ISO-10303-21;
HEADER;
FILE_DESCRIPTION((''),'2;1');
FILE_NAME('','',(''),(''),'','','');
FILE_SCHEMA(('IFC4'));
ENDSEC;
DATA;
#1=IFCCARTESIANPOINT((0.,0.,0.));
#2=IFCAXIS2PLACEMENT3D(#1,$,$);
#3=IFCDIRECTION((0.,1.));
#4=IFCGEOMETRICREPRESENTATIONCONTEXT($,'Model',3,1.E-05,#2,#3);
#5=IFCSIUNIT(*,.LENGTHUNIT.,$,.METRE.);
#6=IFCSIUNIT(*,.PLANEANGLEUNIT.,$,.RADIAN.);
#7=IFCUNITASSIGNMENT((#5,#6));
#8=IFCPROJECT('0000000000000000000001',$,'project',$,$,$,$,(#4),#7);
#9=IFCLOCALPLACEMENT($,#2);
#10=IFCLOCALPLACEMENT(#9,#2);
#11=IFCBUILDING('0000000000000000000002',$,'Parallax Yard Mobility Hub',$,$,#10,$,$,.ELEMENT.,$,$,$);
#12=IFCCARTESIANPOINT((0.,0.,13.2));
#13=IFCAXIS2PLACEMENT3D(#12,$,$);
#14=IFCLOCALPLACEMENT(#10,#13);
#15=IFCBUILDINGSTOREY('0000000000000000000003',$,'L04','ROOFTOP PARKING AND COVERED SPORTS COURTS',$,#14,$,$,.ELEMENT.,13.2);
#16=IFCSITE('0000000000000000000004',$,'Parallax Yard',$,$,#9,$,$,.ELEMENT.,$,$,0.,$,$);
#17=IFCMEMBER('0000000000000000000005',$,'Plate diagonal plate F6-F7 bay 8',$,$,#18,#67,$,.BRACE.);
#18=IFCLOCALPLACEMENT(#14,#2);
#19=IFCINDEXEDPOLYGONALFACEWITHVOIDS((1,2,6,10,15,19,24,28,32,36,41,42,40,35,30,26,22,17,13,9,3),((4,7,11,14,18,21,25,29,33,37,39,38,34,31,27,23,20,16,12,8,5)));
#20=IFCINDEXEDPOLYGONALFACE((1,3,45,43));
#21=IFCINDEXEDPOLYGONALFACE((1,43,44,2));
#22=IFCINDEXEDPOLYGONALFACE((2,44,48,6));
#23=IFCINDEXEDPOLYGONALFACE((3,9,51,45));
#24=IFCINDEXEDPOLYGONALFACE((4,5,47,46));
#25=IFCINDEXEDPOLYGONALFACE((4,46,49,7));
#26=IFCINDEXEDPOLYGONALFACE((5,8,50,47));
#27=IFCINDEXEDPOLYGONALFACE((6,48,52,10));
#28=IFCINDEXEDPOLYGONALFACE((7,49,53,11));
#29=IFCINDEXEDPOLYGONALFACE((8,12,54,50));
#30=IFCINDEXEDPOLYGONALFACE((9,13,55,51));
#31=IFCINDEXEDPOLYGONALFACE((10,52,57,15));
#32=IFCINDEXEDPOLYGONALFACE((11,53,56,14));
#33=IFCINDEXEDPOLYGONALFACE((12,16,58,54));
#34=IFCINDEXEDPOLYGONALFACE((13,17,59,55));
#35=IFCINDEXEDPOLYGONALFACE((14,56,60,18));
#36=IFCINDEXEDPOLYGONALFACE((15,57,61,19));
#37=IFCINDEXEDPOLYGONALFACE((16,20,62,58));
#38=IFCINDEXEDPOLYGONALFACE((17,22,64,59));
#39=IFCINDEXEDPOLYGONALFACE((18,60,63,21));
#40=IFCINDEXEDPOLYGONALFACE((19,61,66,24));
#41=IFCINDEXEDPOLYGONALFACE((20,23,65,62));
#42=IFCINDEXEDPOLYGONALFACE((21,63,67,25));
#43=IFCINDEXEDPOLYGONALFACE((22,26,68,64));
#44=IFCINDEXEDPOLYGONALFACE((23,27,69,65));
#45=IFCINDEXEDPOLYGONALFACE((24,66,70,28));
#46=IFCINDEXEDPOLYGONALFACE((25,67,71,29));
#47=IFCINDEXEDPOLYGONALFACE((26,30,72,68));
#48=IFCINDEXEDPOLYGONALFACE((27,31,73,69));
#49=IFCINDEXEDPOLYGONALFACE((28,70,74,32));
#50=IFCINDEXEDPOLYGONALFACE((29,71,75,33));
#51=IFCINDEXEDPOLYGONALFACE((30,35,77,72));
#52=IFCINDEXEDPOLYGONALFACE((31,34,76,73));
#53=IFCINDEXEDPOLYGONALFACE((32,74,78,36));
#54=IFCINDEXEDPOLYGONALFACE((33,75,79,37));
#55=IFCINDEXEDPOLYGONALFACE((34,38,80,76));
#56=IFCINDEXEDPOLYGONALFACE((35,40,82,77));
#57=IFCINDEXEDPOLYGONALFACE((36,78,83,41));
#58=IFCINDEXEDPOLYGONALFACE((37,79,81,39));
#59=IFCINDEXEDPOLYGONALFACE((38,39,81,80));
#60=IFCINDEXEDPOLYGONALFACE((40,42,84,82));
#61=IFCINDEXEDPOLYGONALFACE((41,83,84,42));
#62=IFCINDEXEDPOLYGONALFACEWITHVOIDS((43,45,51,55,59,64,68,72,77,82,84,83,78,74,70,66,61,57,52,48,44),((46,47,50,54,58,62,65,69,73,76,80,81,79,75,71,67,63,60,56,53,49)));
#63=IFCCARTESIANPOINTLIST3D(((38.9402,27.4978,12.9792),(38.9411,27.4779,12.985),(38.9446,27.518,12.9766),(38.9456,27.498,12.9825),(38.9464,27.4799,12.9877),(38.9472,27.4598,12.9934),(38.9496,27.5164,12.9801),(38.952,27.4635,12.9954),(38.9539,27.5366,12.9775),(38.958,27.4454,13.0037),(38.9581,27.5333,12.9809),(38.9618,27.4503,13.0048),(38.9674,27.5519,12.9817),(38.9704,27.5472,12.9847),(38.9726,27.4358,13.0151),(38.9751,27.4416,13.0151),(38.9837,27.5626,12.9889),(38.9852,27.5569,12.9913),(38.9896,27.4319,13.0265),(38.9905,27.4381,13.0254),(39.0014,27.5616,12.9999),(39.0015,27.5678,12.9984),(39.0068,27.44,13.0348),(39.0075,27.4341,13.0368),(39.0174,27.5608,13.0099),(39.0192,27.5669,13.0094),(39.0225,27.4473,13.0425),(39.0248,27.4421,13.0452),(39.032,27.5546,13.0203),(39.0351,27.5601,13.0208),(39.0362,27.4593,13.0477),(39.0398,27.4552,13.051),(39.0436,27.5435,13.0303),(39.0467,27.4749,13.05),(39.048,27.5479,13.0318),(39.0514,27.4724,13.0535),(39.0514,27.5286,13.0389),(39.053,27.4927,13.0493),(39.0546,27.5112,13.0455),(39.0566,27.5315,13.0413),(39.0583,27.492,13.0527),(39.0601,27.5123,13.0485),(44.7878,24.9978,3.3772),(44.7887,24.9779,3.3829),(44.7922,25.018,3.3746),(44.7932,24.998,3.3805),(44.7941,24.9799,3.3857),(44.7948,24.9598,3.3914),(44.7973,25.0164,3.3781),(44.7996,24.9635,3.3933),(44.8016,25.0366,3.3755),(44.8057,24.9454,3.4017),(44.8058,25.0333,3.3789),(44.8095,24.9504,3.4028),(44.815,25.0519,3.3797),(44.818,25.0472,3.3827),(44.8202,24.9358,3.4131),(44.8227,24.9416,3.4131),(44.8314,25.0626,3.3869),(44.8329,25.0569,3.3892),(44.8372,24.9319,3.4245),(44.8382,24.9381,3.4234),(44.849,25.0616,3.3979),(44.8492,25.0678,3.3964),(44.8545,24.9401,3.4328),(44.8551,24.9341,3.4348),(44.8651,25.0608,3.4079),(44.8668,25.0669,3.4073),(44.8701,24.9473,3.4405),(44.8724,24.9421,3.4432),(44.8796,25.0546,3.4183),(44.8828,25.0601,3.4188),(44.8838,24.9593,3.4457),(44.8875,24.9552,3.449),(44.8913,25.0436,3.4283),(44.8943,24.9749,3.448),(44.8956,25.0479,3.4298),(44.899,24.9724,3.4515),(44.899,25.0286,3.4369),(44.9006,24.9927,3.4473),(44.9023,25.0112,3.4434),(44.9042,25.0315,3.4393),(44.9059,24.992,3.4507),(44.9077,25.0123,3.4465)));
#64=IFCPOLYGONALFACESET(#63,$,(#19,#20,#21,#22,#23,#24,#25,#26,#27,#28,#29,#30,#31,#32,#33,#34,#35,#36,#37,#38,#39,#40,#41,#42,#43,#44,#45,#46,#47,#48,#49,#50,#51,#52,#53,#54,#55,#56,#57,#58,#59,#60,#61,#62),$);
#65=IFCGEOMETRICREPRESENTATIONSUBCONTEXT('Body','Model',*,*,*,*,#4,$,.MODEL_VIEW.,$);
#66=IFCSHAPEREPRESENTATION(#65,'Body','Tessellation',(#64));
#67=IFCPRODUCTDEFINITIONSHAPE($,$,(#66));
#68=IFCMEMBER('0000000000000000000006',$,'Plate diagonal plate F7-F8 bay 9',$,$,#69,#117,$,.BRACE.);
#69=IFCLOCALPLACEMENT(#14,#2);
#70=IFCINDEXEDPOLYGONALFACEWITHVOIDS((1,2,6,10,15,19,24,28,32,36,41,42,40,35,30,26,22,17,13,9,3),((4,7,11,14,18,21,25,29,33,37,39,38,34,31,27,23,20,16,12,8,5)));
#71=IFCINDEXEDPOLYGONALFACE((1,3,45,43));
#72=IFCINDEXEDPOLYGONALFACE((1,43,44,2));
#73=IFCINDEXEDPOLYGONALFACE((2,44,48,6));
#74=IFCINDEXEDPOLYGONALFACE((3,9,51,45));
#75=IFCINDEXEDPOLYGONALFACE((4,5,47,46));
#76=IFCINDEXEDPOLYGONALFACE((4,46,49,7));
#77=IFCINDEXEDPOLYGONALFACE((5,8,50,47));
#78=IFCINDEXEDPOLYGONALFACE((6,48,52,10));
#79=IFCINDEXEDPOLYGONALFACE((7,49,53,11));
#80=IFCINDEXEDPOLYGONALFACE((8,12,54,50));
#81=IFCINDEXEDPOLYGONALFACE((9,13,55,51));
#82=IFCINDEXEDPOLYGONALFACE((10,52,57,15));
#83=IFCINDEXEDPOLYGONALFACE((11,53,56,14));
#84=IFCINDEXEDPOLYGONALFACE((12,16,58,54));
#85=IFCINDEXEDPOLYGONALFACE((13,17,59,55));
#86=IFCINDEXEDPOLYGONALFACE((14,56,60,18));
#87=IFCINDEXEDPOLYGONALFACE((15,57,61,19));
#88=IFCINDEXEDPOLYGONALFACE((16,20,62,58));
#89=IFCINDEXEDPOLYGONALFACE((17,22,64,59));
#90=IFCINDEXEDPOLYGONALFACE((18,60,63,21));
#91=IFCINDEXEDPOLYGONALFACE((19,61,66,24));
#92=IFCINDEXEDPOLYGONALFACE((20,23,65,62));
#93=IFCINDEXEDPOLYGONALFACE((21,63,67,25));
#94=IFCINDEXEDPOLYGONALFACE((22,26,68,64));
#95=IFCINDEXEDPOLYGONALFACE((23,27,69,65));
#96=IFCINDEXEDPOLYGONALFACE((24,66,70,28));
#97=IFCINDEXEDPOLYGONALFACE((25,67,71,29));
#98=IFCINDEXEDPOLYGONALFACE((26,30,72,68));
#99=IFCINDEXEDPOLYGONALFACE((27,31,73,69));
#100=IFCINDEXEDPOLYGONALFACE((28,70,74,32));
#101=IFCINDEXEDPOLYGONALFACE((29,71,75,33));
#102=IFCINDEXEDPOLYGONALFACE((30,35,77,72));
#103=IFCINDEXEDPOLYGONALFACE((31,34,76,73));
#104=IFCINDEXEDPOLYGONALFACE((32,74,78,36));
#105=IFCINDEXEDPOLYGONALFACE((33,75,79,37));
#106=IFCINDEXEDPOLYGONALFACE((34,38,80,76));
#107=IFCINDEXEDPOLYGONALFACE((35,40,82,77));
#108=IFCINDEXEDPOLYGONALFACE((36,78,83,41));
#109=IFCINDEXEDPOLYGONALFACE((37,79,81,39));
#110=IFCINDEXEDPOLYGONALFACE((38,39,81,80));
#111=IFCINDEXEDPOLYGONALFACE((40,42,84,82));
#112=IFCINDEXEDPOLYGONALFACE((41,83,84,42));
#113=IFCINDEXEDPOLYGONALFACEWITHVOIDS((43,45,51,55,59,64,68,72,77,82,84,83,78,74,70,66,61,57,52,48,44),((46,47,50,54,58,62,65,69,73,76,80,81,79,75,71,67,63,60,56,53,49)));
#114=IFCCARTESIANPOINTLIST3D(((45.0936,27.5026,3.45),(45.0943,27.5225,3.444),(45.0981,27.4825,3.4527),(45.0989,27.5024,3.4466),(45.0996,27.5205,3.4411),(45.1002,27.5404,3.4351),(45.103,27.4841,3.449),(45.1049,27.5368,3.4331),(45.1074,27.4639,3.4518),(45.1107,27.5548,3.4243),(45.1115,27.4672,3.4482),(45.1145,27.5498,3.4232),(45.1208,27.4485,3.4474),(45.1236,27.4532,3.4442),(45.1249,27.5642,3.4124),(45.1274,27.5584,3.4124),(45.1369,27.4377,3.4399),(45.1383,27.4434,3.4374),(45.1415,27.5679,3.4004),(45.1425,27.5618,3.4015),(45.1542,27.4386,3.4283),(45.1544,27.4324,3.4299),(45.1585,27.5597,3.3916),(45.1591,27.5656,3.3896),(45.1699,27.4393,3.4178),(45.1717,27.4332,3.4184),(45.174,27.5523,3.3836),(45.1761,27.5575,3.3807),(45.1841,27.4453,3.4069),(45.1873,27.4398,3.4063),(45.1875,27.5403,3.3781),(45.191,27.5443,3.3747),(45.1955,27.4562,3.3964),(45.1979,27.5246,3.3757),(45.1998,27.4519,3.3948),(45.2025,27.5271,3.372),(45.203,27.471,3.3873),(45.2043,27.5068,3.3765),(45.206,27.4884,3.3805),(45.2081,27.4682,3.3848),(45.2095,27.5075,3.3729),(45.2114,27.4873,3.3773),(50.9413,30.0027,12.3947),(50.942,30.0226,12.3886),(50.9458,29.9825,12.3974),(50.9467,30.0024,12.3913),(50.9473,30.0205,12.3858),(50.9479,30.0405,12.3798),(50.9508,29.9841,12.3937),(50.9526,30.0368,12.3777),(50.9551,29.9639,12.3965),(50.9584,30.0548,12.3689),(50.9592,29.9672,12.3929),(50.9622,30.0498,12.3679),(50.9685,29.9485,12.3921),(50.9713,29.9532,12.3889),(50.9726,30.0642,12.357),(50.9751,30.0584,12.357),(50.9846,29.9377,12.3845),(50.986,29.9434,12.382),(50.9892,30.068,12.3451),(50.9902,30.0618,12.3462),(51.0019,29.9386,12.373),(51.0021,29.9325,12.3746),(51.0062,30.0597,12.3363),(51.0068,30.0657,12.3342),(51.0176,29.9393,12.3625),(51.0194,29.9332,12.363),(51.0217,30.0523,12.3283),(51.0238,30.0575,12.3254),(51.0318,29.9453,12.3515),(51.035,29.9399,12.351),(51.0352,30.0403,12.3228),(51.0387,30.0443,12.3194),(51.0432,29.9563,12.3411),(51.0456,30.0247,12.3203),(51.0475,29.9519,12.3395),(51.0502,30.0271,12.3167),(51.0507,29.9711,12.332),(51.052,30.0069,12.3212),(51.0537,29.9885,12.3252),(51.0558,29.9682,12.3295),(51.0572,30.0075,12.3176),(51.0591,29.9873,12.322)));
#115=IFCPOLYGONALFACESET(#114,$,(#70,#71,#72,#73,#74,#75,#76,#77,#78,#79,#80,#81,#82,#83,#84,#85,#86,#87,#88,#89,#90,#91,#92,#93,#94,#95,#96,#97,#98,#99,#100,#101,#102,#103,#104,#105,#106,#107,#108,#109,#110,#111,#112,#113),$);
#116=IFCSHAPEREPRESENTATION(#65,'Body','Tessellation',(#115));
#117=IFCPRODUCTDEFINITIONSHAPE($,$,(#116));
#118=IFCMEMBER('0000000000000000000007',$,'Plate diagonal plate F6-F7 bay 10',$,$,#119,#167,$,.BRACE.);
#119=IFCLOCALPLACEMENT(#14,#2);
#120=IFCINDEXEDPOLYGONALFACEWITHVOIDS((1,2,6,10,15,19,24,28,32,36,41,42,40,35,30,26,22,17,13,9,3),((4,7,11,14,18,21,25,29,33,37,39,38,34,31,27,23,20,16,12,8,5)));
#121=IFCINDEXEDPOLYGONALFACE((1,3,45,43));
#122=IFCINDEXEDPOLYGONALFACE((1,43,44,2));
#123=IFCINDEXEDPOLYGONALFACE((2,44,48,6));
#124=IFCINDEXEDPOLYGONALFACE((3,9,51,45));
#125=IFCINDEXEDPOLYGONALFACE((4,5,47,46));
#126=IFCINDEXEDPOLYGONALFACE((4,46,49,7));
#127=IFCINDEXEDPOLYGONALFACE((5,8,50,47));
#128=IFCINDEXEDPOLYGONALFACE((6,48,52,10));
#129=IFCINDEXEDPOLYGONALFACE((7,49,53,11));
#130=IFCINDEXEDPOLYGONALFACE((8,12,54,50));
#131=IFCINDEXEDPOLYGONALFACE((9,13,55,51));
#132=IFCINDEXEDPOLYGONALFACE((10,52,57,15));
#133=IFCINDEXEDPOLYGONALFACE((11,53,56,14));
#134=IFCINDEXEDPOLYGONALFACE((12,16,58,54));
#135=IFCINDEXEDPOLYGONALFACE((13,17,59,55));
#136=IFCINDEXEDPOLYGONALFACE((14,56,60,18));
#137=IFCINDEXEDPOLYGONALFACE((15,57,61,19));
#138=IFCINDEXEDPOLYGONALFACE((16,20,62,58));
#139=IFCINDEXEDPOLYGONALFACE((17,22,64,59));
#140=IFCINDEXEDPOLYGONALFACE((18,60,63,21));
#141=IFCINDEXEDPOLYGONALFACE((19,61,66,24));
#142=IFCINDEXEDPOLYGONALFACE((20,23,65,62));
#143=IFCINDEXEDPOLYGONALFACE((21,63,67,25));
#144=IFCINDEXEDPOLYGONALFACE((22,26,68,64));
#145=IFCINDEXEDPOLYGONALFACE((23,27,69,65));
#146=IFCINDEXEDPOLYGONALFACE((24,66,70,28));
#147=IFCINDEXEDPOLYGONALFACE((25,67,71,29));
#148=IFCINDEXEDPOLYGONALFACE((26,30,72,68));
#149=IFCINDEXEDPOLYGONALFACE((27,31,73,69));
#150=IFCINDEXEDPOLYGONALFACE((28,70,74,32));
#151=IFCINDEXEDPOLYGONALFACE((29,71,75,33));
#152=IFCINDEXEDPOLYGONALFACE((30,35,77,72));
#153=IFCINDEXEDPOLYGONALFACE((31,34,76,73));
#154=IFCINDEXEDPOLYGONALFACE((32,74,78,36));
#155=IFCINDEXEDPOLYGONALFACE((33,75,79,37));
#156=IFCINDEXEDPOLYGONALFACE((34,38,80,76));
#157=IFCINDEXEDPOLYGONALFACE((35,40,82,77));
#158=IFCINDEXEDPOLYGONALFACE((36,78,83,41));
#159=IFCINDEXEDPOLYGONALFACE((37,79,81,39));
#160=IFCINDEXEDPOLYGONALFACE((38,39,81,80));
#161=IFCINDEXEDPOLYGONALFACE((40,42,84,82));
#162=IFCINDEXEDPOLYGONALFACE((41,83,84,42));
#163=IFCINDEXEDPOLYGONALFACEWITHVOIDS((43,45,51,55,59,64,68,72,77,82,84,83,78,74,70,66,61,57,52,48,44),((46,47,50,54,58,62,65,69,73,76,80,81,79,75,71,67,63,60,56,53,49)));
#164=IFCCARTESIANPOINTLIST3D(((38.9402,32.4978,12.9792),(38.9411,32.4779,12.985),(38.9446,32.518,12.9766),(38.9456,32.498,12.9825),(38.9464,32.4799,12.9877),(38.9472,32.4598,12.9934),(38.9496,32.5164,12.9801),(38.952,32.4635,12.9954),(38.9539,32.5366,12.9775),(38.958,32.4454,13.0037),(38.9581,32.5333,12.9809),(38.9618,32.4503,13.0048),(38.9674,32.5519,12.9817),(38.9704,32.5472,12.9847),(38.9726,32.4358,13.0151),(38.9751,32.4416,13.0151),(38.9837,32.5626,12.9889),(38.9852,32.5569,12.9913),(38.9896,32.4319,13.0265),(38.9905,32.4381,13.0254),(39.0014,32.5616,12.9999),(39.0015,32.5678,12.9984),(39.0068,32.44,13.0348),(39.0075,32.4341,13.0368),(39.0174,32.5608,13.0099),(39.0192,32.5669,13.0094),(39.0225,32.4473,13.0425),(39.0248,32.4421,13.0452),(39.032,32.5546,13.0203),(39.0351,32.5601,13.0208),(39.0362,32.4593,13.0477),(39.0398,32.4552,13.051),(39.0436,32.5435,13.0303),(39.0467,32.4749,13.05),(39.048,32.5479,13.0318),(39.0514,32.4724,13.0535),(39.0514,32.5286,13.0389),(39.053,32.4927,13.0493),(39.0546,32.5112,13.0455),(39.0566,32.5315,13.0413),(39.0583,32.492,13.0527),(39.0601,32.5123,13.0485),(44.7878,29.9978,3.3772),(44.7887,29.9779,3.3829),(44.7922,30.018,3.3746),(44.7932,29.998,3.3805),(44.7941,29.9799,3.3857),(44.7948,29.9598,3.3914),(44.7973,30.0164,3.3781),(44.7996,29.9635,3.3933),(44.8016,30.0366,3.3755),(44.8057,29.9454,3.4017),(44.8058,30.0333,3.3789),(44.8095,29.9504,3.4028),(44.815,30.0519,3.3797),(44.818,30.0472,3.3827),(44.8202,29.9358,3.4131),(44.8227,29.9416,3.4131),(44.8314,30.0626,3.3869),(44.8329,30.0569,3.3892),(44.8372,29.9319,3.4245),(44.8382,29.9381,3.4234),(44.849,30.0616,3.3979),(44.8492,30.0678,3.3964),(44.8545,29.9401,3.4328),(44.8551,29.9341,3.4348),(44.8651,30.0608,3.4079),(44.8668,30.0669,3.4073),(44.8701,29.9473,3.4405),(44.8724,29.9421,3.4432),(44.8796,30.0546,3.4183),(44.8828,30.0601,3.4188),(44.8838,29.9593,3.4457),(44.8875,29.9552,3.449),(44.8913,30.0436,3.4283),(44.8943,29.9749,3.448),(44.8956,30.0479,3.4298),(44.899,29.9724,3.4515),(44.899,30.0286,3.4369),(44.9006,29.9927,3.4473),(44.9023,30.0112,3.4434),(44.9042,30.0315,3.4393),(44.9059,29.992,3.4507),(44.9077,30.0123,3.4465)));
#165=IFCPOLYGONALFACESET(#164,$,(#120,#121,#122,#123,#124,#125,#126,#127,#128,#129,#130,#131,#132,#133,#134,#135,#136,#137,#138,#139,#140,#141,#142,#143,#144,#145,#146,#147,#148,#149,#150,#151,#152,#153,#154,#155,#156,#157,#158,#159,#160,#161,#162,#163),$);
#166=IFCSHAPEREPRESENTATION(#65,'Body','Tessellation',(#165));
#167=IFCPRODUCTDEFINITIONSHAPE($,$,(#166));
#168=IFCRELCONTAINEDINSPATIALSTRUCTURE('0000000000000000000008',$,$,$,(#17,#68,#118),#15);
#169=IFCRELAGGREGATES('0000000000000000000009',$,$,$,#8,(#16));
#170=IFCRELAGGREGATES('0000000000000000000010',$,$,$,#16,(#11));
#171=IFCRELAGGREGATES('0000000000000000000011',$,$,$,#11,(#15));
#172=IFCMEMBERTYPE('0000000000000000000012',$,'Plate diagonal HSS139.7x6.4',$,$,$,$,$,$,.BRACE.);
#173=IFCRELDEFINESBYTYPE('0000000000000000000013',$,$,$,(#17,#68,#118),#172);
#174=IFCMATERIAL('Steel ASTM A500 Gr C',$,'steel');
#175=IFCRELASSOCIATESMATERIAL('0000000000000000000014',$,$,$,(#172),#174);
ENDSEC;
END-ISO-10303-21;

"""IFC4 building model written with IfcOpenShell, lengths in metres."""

from ifc_helpers import new_model, si_unit, direction, frame, origin, origin_2d, place, context, subcontext, project, spatial, hollow_circle, extrude, material, material_profile, profile_set, type_object, element, save


model = new_model("IFC4")

# Units and contexts
model_context = context("Model", 3, precision=1e-05, world=origin(), true_north=direction((0.0, 1.0)))
body_context = subcontext(model_context, "Body", "Model", "MODEL_VIEW")
ifc_project = project(units=[si_unit("LENGTHUNIT", "METRE"), si_unit("PLANEANGLEUNIT", "RADIAN")], contexts=[model_context])

# Site, building, storey
site_placement = place(None, origin())
site = spatial("IfcSite", under=ifc_project, at=site_placement, Name="Parallax Yard", CompositionType="ELEMENT", RefElevation=0.0)
building_placement = place(site_placement, origin())
building = spatial("IfcBuilding", under=site, at=building_placement, Name="Parallax Yard Mobility Hub", CompositionType="ELEMENT")
storey_placement = place(building_placement, frame((0.0, 0.0, 13.2)))
storey = spatial("IfcBuildingStorey", under=building, at=storey_placement, Name="L04", Description="ROOFTOP PARKING AND COVERED SPORTS COURTS", CompositionType="ELEMENT", Elevation=13.2)

# Members
ifc_material_1 = material(Name="Steel ASTM A500 Gr C", Category="steel")
ifc_material_profile_1 = material_profile(ifc_material_1, hollow_circle(Radius=0.0698, WallThickness=0.0063, at=origin_2d()), Name="HSS139.7x6.4")
ifc_profile_set_1 = profile_set([ifc_material_profile_1], Name="Steel ASTM A500 Gr C")
member_type_1 = type_object("IfcMemberType", Name="Plate diagonal HSS139.7x6.4", PredefinedType="BRACE", material=ifc_profile_set_1)
member_1_placement = place(storey_placement, frame((44.8477, 25.0, 3.4131), z_axis=(-0.507735, 0.217068, 0.833718), x_axis=(-0.393104, -0.919494, 0.0)))
element("IfcMember", 1, at=member_1_placement, inside=storey, type_object=member_type_1, Name="Plate diagonal plate F6-F7 bay 8", PredefinedType="BRACE", context=body_context, shape_type="SweptSolid", body=[
    extrude(hollow_circle(Radius=0.0698, WallThickness=0.0063, at=origin_2d()), origin(), (0.0, 0.0, 1.0), 11.5171),
])
member_2_placement = place(storey_placement, frame((45.1523, 27.5, 3.4124), z_axis=(0.532816, 0.22779, 0.814996), x_axis=(-0.393104, 0.919494, 0.0)))
element("IfcMember", 2, at=member_2_placement, inside=storey, type_object=member_type_1, Name="Plate diagonal plate F7-F8 bay 9", PredefinedType="BRACE", context=body_context, shape_type="SweptSolid", body=[
    extrude(hollow_circle(Radius=0.0698, WallThickness=0.0063, at=origin_2d()), origin(), (0.0, 0.0, 1.0), 10.9751),
])
member_3_placement = place(storey_placement, frame((44.8477, 30.0, 3.4131), z_axis=(-0.507735, 0.217068, 0.833718), x_axis=(-0.393104, -0.919494, 0.0)))
element("IfcMember", 3, at=member_3_placement, inside=storey, type_object=member_type_1, Name="Plate diagonal plate F6-F7 bay 10", PredefinedType="BRACE", context=body_context, shape_type="SweptSolid", body=[
    extrude(hollow_circle(Radius=0.0698, WallThickness=0.0063, at=origin_2d()), origin(), (0.0, 0.0, 1.0), 11.5171),
])

save(model, "model.ifc")
